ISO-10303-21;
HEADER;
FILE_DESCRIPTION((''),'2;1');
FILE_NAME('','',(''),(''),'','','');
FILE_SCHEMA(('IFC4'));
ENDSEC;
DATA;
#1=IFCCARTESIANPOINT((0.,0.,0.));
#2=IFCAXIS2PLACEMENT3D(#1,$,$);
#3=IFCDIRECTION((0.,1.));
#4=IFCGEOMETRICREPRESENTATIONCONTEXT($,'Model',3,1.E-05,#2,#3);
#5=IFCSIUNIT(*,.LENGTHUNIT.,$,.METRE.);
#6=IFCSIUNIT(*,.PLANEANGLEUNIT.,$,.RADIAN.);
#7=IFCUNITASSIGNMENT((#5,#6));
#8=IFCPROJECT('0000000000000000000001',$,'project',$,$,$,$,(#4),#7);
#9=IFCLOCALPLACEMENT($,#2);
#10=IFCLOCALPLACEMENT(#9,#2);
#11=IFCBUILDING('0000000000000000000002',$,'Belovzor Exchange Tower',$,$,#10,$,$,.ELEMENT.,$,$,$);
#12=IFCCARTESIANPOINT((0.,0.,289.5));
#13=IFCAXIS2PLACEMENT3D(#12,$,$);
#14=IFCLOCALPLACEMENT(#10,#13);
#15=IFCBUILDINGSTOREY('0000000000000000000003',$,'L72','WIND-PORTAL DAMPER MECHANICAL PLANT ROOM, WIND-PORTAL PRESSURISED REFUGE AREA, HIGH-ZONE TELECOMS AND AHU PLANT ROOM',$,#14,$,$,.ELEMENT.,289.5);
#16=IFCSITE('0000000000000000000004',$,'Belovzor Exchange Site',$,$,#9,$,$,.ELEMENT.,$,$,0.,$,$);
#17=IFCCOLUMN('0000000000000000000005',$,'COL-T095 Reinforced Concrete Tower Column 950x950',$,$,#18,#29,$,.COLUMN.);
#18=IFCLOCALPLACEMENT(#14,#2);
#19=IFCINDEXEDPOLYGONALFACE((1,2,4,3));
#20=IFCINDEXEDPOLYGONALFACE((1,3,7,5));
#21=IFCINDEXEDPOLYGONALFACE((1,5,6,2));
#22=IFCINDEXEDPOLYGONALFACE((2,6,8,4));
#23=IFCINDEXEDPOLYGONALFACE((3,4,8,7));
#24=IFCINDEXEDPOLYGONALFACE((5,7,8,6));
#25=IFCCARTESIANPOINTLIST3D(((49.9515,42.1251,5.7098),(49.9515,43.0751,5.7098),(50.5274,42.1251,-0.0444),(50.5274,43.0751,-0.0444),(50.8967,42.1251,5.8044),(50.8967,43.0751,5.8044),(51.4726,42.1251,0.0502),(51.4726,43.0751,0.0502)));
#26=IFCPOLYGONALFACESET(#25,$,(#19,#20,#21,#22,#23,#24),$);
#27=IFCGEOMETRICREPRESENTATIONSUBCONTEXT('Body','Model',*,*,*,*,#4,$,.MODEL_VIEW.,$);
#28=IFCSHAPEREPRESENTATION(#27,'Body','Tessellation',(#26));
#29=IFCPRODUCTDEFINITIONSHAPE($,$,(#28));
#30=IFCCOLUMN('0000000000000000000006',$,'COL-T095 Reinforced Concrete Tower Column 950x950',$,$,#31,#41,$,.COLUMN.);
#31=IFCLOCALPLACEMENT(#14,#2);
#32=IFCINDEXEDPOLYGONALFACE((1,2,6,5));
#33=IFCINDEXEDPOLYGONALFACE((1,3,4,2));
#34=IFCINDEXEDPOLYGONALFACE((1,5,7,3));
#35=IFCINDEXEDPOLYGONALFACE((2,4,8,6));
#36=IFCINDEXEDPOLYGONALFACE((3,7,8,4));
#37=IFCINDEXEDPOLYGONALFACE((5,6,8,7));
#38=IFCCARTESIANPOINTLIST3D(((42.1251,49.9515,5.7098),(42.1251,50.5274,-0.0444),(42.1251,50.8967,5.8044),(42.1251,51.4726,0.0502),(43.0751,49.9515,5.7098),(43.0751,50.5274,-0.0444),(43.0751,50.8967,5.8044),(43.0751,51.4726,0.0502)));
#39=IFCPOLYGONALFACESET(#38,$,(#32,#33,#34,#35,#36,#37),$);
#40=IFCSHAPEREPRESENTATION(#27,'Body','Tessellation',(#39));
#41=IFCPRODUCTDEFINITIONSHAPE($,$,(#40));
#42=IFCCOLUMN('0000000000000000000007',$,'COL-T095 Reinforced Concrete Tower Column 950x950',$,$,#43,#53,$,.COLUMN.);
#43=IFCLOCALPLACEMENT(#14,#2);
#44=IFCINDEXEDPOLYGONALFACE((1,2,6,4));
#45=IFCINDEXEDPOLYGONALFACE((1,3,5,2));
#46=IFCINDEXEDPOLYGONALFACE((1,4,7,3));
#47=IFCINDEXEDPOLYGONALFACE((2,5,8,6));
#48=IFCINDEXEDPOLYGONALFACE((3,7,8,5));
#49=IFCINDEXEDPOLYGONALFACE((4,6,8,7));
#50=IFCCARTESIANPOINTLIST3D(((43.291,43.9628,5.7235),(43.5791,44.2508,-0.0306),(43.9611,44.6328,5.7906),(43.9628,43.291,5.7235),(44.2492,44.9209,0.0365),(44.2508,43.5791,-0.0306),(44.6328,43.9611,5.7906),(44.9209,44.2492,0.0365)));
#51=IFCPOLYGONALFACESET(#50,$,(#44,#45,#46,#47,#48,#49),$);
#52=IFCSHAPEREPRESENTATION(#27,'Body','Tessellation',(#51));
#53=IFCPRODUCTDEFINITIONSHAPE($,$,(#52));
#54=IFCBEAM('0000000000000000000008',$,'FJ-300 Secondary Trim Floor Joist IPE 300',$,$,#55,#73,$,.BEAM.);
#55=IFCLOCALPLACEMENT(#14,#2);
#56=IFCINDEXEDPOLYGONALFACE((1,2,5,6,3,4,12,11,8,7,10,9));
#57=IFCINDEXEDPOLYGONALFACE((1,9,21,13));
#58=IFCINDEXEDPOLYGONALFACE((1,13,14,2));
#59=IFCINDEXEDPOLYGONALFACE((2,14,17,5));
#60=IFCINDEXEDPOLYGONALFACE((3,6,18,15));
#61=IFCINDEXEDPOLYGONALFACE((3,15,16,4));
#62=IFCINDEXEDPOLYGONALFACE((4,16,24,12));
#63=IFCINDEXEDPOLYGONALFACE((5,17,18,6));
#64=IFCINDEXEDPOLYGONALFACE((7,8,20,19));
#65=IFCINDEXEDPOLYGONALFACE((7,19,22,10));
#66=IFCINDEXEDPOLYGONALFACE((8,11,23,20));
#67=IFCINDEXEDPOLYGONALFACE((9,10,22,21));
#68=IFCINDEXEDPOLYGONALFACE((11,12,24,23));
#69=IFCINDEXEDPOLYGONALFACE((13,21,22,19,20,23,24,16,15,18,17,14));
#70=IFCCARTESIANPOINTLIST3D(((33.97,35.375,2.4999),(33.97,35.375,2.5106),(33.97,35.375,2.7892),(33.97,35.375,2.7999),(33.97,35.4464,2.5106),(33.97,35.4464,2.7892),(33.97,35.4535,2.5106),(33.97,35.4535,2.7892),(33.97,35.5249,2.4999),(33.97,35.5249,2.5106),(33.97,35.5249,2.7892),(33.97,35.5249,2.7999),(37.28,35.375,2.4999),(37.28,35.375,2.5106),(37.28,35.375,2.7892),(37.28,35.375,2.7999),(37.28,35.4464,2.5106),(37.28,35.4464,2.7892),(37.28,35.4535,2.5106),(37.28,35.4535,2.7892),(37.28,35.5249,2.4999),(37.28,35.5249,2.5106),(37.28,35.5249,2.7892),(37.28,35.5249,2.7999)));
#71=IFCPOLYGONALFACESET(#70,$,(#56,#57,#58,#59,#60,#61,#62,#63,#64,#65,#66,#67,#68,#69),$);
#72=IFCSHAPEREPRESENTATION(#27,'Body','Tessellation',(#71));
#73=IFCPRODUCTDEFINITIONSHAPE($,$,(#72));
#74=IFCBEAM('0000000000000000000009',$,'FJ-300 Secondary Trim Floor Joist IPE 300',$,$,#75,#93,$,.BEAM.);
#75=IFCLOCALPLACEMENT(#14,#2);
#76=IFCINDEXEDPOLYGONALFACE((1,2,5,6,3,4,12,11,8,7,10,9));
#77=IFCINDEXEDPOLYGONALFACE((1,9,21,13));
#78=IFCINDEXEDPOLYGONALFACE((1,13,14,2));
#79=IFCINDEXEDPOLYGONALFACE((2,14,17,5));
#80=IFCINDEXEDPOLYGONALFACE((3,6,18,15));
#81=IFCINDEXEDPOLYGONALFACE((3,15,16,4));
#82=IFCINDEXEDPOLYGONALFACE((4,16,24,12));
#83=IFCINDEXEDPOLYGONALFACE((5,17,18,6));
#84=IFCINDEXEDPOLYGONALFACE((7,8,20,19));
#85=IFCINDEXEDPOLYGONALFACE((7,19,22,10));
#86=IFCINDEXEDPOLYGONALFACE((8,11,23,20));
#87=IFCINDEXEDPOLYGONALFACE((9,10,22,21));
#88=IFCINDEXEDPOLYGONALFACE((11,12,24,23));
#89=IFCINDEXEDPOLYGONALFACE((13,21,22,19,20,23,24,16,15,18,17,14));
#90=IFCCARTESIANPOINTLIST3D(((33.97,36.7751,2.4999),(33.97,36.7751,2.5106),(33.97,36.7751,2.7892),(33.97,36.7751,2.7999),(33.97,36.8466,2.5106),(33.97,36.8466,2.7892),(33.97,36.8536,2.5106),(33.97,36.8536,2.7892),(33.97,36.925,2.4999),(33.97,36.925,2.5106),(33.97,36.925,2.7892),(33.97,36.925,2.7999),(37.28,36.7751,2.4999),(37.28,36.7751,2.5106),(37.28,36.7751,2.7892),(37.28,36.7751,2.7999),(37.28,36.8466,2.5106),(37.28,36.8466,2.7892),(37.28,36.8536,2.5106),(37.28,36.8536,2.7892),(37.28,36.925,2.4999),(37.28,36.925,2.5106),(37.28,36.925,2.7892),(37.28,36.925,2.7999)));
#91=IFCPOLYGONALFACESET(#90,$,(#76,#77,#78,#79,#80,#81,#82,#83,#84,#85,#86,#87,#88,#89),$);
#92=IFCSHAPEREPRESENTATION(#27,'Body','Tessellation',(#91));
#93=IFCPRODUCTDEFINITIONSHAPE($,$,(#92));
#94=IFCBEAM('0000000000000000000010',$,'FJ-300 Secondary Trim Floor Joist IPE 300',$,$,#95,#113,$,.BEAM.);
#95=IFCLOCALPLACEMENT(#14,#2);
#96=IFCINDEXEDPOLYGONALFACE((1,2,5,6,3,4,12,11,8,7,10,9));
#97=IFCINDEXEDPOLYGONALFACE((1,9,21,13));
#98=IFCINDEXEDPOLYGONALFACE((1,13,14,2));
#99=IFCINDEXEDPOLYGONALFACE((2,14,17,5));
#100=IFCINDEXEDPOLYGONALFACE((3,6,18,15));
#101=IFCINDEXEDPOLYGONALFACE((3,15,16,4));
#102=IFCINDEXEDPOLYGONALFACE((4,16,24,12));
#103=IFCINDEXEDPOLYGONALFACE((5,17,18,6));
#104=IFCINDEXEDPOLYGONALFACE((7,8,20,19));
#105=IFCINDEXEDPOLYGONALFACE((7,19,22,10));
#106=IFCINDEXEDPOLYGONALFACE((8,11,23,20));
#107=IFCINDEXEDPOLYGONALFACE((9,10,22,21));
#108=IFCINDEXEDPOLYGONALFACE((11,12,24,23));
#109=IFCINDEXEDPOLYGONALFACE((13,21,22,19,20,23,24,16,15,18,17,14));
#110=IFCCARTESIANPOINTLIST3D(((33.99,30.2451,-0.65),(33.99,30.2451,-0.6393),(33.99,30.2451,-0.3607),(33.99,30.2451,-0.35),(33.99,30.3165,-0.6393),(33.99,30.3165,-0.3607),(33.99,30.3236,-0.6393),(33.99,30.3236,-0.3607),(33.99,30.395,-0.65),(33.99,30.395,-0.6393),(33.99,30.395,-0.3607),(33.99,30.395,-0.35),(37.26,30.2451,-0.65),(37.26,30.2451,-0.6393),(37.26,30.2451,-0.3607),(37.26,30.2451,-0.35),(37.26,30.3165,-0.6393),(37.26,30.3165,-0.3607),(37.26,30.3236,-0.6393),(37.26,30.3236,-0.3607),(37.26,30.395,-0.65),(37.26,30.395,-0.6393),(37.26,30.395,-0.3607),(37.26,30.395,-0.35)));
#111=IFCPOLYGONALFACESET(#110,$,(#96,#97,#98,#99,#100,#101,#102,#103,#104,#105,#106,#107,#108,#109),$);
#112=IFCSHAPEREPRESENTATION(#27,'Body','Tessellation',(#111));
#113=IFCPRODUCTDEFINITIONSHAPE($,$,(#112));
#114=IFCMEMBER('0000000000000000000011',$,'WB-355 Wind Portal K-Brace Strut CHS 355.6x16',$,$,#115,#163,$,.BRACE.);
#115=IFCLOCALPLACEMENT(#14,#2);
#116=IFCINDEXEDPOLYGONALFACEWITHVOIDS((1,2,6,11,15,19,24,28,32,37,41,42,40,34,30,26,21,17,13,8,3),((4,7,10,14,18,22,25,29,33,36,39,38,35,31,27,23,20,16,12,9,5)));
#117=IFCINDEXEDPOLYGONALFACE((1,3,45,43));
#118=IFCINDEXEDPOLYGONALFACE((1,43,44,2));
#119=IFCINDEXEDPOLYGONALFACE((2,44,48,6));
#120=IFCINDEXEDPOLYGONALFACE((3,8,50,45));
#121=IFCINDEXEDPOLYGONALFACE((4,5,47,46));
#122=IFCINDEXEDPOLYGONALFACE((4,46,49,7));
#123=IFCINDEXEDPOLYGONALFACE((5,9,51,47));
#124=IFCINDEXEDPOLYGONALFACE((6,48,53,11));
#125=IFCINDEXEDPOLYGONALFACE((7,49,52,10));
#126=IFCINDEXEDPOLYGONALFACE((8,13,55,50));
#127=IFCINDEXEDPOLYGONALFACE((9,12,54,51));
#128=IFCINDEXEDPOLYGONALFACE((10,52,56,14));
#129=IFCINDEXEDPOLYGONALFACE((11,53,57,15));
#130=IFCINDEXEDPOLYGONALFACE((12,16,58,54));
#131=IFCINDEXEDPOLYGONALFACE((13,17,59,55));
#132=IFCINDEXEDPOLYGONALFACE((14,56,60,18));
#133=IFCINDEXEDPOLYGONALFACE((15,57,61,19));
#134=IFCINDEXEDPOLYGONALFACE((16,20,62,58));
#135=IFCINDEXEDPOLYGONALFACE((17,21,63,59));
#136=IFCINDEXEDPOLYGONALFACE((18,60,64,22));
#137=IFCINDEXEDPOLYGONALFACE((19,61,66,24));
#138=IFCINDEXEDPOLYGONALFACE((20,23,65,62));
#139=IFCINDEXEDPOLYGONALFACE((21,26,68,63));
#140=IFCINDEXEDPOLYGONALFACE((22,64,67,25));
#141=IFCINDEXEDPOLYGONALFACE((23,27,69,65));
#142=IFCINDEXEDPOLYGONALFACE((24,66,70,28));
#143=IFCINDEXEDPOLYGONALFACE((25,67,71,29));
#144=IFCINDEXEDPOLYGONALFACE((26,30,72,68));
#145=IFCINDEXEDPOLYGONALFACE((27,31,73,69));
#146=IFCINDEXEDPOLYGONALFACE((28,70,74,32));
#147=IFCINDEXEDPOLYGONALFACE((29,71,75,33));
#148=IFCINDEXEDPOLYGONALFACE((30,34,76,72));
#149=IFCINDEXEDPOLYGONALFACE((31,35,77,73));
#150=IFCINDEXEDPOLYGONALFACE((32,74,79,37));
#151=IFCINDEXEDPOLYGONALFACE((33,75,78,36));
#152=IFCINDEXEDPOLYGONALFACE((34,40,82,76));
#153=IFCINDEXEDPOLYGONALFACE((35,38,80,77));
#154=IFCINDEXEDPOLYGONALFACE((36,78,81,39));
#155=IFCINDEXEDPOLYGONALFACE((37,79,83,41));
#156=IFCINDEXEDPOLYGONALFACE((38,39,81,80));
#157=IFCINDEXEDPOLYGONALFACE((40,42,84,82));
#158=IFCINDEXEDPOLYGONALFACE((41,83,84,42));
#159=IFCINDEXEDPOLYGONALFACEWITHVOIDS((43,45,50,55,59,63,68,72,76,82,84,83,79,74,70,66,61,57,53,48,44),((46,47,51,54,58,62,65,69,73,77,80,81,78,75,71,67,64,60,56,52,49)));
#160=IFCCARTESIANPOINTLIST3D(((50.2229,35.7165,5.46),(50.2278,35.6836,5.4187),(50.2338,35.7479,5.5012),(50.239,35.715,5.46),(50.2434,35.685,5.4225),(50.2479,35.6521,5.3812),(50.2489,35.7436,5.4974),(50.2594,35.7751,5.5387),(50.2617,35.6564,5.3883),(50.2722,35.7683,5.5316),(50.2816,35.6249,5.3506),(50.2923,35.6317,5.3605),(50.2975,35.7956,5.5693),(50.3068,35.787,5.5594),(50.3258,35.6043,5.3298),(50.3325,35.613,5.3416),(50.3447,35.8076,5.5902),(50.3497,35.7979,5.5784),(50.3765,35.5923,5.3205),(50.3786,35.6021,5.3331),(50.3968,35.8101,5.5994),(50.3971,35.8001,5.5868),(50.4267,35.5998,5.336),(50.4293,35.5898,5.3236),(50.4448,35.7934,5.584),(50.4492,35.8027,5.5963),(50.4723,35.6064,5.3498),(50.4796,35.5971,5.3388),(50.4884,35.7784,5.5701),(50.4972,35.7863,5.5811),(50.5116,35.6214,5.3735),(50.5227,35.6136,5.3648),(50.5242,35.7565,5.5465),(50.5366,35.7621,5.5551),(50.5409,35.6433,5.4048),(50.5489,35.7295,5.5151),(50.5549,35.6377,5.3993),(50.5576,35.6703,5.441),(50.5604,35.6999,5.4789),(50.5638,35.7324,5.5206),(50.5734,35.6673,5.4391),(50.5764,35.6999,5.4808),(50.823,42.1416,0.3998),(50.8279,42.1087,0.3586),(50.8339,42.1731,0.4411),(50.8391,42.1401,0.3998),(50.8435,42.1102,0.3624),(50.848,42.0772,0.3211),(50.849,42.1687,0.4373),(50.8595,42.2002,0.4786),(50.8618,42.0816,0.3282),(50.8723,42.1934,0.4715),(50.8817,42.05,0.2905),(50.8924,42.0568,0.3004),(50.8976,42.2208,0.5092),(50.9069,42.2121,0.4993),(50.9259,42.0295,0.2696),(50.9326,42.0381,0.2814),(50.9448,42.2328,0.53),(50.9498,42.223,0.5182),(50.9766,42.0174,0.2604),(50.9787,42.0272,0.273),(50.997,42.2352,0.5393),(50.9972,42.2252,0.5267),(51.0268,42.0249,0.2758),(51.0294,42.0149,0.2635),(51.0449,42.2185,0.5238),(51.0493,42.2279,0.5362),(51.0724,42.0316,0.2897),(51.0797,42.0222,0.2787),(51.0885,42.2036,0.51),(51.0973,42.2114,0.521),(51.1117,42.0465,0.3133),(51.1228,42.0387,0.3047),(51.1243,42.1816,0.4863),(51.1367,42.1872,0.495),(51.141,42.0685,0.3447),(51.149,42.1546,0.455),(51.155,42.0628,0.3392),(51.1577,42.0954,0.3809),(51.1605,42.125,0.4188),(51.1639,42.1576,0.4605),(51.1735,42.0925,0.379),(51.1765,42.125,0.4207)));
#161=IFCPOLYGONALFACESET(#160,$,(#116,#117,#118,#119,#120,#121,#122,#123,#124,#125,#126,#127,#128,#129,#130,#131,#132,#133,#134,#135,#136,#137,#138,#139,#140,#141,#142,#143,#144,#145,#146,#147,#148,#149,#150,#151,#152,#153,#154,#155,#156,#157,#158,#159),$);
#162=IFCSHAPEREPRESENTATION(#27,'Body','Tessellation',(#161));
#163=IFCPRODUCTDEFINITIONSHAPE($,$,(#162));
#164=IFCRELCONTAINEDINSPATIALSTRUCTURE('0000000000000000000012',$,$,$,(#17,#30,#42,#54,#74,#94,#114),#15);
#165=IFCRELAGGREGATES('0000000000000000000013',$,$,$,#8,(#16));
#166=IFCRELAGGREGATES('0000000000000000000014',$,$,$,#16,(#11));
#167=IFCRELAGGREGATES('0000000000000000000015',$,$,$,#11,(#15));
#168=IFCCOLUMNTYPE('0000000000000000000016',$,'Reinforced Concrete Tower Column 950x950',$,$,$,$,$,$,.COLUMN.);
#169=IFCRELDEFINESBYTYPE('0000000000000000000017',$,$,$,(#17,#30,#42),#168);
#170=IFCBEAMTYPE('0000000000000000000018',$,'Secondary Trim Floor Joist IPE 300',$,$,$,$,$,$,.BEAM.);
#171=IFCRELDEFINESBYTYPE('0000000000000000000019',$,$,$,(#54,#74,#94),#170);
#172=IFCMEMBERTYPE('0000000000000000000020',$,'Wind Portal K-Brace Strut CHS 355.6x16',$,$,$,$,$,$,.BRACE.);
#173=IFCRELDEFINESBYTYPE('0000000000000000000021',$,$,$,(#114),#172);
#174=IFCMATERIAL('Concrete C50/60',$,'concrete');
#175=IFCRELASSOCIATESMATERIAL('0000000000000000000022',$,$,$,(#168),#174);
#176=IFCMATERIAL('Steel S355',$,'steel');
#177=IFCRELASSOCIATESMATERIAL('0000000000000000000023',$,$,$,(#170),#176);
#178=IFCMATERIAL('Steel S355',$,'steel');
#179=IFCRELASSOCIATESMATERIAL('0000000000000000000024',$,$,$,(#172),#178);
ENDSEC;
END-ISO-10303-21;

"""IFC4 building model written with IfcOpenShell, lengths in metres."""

from ifc_helpers import new_model, si_unit, direction, frame, origin, origin_2d, place, context, subcontext, project, spatial, rectangle, hollow_circle, i_section, extrude, material, material_profile, profile_set, type_object, element, save


model = new_model("IFC4")

# Units and contexts
model_context = context("Model", 3, precision=1e-05, world=origin(), true_north=direction((0.0, 1.0)))
body_context = subcontext(model_context, "Body", "Model", "MODEL_VIEW")
ifc_project = project(units=[si_unit("LENGTHUNIT", "METRE"), si_unit("PLANEANGLEUNIT", "RADIAN")], contexts=[model_context])

# Site, building, storey
site_placement = place(None, origin())
site = spatial("IfcSite", under=ifc_project, at=site_placement, Name="Belovzor Exchange Site", CompositionType="ELEMENT", RefElevation=0.0)
building_placement = place(site_placement, origin())
building = spatial("IfcBuilding", under=site, at=building_placement, Name="Belovzor Exchange Tower", CompositionType="ELEMENT")
storey_placement = place(building_placement, frame((0.0, 0.0, 289.5)))
storey = spatial("IfcBuildingStorey", under=building, at=storey_placement, Name="L72", Description="WIND-PORTAL DAMPER MECHANICAL PLANT ROOM, WIND-PORTAL PRESSURISED REFUGE AREA, HIGH-ZONE TELECOMS AND AHU PLANT ROOM", CompositionType="ELEMENT", Elevation=289.5)

# Columns
ifc_material_1 = material(Name="Concrete C50/60", Category="concrete")
ifc_material_profile_1 = material_profile(ifc_material_1, rectangle(XDim=0.95, YDim=0.95, at=origin_2d()))
ifc_profile_set_1 = profile_set([ifc_material_profile_1], Name="Concrete C50/60")
column_type = type_object("IfcColumnType", Name="Reinforced Concrete Tower Column 950x950", PredefinedType="COLUMN", material=ifc_profile_set_1)
for number, where, z_axis, x_axis, name in (
    (1, (51.0, 42.6001, 0.0029), (-0.099591, 0.0, 0.995028), (0.0, -1.0, 0.0), "COL-T095 Reinforced Concrete Tower Column 950x950"),
    (2, (42.6001, 51.0, 0.0029), (0.0, -0.099591, 0.995028), (1.0, 0.0, 0.0), "COL-T095 Reinforced Concrete Tower Column 950x950"),
):
    element("IfcColumn", number, at=place(storey_placement, frame(where, z_axis=z_axis, x_axis=x_axis)), inside=storey, type_object=column_type, Name=name, PredefinedType="COLUMN", context=body_context, shape_type="SweptSolid", body=[
        extrude(rectangle(XDim=0.95, YDim=0.95, at=origin_2d()), origin(), (0.0, 0.0, 1.0), 5.783),
    ])
column_placement = place(storey_placement, frame((44.25, 44.25, 0.0029), z_axis=(-0.049941, -0.049941, 0.997503), x_axis=(0.707107, -0.707107, 0.0)))
element("IfcColumn", 3, at=column_placement, inside=storey, type_object=column_type, Name="COL-T095 Reinforced Concrete Tower Column 950x950", PredefinedType="COLUMN", context=body_context, shape_type="SweptSolid", body=[
    extrude(rectangle(XDim=0.95, YDim=0.95, at=origin_2d()), origin(), (0.0, 0.0, 1.0), 5.7686),
])

# Beams
ifc_material_2 = material(Name="Steel S355", Category="steel")
ifc_material_profile_2 = material_profile(ifc_material_2, i_section(OverallWidth=0.1499, OverallDepth=0.3, WebThickness=0.0071, FlangeThickness=0.0107, at=origin_2d()))
ifc_profile_set_2 = profile_set([ifc_material_profile_2], Name="Steel S355")
beam_type_1 = type_object("IfcBeamType", Name="Secondary Trim Floor Joist IPE 300", PredefinedType="BEAM", material=ifc_profile_set_2)
for number, where, z_axis, x_axis, name in (
    (4, (37.28, 35.45, 2.6499), (-1.0, 0.0, 0.0), (0.0, -1.0, 0.0), "FJ-300 Secondary Trim Floor Joist IPE 300"),
    (5, (37.28, 36.8501, 2.6499), (-1.0, 0.0, 0.0), (0.0, -1.0, 0.0), "FJ-300 Secondary Trim Floor Joist IPE 300"),
):
    element("IfcBeam", number, at=place(storey_placement, frame(where, z_axis=z_axis, x_axis=x_axis)), inside=storey, type_object=beam_type_1, Name=name, PredefinedType="BEAM", context=body_context, shape_type="SweptSolid", body=[
        extrude(i_section(OverallWidth=0.1499, OverallDepth=0.3, WebThickness=0.0071, FlangeThickness=0.0107, at=origin_2d()), origin(), (0.0, 0.0, 1.0), 3.3101),
    ])
beam_1_placement = place(storey_placement, frame((37.26, 30.3201, -0.5), z_axis=(-1.0, 0.0, 0.0), x_axis=(0.0, -1.0, 0.0)))
element("IfcBeam", 6, at=beam_1_placement, inside=storey, type_object=beam_type_1, Name="FJ-300 Secondary Trim Floor Joist IPE 300", PredefinedType="BEAM", context=body_context, shape_type="SweptSolid", body=[
    extrude(i_section(OverallWidth=0.1499, OverallDepth=0.3, WebThickness=0.0071, FlangeThickness=0.0107, at=origin_2d()), origin(), (0.0, 0.0, 1.0), 3.27),
])

# Member
ifc_material_3 = material(Name="Steel S355", Category="steel")
ifc_material_profile_3 = material_profile(ifc_material_3, hollow_circle(Radius=0.1777, WallThickness=0.0161, at=origin_2d()))
ifc_profile_set_3 = profile_set([ifc_material_profile_3], Name="Steel S355")
member_type = type_object("IfcMemberType", Name="Wind Portal K-Brace Strut CHS 355.6x16", PredefinedType="BRACE", material=ifc_profile_set_3)
for number, where, z_axis, x_axis, name in (
    (7, (50.3999, 35.7, 5.46), (0.07318, 0.78351, -0.617055), (-0.995667, 0.092995, 0.0), "WB-355 Wind Portal K-Brace Strut CHS 355.6x16"),
):
    element("IfcMember", number, at=place(storey_placement, frame(where, z_axis=z_axis, x_axis=x_axis)), inside=storey, type_object=member_type, Name=name, PredefinedType="BRACE", context=body_context, shape_type="SweptSolid", body=[
        extrude(hollow_circle(Radius=0.1777, WallThickness=0.0161, at=origin_2d()), origin(), (0.0, 0.0, 1.0), 8.2004),
    ])

save(model, "model.ifc")
